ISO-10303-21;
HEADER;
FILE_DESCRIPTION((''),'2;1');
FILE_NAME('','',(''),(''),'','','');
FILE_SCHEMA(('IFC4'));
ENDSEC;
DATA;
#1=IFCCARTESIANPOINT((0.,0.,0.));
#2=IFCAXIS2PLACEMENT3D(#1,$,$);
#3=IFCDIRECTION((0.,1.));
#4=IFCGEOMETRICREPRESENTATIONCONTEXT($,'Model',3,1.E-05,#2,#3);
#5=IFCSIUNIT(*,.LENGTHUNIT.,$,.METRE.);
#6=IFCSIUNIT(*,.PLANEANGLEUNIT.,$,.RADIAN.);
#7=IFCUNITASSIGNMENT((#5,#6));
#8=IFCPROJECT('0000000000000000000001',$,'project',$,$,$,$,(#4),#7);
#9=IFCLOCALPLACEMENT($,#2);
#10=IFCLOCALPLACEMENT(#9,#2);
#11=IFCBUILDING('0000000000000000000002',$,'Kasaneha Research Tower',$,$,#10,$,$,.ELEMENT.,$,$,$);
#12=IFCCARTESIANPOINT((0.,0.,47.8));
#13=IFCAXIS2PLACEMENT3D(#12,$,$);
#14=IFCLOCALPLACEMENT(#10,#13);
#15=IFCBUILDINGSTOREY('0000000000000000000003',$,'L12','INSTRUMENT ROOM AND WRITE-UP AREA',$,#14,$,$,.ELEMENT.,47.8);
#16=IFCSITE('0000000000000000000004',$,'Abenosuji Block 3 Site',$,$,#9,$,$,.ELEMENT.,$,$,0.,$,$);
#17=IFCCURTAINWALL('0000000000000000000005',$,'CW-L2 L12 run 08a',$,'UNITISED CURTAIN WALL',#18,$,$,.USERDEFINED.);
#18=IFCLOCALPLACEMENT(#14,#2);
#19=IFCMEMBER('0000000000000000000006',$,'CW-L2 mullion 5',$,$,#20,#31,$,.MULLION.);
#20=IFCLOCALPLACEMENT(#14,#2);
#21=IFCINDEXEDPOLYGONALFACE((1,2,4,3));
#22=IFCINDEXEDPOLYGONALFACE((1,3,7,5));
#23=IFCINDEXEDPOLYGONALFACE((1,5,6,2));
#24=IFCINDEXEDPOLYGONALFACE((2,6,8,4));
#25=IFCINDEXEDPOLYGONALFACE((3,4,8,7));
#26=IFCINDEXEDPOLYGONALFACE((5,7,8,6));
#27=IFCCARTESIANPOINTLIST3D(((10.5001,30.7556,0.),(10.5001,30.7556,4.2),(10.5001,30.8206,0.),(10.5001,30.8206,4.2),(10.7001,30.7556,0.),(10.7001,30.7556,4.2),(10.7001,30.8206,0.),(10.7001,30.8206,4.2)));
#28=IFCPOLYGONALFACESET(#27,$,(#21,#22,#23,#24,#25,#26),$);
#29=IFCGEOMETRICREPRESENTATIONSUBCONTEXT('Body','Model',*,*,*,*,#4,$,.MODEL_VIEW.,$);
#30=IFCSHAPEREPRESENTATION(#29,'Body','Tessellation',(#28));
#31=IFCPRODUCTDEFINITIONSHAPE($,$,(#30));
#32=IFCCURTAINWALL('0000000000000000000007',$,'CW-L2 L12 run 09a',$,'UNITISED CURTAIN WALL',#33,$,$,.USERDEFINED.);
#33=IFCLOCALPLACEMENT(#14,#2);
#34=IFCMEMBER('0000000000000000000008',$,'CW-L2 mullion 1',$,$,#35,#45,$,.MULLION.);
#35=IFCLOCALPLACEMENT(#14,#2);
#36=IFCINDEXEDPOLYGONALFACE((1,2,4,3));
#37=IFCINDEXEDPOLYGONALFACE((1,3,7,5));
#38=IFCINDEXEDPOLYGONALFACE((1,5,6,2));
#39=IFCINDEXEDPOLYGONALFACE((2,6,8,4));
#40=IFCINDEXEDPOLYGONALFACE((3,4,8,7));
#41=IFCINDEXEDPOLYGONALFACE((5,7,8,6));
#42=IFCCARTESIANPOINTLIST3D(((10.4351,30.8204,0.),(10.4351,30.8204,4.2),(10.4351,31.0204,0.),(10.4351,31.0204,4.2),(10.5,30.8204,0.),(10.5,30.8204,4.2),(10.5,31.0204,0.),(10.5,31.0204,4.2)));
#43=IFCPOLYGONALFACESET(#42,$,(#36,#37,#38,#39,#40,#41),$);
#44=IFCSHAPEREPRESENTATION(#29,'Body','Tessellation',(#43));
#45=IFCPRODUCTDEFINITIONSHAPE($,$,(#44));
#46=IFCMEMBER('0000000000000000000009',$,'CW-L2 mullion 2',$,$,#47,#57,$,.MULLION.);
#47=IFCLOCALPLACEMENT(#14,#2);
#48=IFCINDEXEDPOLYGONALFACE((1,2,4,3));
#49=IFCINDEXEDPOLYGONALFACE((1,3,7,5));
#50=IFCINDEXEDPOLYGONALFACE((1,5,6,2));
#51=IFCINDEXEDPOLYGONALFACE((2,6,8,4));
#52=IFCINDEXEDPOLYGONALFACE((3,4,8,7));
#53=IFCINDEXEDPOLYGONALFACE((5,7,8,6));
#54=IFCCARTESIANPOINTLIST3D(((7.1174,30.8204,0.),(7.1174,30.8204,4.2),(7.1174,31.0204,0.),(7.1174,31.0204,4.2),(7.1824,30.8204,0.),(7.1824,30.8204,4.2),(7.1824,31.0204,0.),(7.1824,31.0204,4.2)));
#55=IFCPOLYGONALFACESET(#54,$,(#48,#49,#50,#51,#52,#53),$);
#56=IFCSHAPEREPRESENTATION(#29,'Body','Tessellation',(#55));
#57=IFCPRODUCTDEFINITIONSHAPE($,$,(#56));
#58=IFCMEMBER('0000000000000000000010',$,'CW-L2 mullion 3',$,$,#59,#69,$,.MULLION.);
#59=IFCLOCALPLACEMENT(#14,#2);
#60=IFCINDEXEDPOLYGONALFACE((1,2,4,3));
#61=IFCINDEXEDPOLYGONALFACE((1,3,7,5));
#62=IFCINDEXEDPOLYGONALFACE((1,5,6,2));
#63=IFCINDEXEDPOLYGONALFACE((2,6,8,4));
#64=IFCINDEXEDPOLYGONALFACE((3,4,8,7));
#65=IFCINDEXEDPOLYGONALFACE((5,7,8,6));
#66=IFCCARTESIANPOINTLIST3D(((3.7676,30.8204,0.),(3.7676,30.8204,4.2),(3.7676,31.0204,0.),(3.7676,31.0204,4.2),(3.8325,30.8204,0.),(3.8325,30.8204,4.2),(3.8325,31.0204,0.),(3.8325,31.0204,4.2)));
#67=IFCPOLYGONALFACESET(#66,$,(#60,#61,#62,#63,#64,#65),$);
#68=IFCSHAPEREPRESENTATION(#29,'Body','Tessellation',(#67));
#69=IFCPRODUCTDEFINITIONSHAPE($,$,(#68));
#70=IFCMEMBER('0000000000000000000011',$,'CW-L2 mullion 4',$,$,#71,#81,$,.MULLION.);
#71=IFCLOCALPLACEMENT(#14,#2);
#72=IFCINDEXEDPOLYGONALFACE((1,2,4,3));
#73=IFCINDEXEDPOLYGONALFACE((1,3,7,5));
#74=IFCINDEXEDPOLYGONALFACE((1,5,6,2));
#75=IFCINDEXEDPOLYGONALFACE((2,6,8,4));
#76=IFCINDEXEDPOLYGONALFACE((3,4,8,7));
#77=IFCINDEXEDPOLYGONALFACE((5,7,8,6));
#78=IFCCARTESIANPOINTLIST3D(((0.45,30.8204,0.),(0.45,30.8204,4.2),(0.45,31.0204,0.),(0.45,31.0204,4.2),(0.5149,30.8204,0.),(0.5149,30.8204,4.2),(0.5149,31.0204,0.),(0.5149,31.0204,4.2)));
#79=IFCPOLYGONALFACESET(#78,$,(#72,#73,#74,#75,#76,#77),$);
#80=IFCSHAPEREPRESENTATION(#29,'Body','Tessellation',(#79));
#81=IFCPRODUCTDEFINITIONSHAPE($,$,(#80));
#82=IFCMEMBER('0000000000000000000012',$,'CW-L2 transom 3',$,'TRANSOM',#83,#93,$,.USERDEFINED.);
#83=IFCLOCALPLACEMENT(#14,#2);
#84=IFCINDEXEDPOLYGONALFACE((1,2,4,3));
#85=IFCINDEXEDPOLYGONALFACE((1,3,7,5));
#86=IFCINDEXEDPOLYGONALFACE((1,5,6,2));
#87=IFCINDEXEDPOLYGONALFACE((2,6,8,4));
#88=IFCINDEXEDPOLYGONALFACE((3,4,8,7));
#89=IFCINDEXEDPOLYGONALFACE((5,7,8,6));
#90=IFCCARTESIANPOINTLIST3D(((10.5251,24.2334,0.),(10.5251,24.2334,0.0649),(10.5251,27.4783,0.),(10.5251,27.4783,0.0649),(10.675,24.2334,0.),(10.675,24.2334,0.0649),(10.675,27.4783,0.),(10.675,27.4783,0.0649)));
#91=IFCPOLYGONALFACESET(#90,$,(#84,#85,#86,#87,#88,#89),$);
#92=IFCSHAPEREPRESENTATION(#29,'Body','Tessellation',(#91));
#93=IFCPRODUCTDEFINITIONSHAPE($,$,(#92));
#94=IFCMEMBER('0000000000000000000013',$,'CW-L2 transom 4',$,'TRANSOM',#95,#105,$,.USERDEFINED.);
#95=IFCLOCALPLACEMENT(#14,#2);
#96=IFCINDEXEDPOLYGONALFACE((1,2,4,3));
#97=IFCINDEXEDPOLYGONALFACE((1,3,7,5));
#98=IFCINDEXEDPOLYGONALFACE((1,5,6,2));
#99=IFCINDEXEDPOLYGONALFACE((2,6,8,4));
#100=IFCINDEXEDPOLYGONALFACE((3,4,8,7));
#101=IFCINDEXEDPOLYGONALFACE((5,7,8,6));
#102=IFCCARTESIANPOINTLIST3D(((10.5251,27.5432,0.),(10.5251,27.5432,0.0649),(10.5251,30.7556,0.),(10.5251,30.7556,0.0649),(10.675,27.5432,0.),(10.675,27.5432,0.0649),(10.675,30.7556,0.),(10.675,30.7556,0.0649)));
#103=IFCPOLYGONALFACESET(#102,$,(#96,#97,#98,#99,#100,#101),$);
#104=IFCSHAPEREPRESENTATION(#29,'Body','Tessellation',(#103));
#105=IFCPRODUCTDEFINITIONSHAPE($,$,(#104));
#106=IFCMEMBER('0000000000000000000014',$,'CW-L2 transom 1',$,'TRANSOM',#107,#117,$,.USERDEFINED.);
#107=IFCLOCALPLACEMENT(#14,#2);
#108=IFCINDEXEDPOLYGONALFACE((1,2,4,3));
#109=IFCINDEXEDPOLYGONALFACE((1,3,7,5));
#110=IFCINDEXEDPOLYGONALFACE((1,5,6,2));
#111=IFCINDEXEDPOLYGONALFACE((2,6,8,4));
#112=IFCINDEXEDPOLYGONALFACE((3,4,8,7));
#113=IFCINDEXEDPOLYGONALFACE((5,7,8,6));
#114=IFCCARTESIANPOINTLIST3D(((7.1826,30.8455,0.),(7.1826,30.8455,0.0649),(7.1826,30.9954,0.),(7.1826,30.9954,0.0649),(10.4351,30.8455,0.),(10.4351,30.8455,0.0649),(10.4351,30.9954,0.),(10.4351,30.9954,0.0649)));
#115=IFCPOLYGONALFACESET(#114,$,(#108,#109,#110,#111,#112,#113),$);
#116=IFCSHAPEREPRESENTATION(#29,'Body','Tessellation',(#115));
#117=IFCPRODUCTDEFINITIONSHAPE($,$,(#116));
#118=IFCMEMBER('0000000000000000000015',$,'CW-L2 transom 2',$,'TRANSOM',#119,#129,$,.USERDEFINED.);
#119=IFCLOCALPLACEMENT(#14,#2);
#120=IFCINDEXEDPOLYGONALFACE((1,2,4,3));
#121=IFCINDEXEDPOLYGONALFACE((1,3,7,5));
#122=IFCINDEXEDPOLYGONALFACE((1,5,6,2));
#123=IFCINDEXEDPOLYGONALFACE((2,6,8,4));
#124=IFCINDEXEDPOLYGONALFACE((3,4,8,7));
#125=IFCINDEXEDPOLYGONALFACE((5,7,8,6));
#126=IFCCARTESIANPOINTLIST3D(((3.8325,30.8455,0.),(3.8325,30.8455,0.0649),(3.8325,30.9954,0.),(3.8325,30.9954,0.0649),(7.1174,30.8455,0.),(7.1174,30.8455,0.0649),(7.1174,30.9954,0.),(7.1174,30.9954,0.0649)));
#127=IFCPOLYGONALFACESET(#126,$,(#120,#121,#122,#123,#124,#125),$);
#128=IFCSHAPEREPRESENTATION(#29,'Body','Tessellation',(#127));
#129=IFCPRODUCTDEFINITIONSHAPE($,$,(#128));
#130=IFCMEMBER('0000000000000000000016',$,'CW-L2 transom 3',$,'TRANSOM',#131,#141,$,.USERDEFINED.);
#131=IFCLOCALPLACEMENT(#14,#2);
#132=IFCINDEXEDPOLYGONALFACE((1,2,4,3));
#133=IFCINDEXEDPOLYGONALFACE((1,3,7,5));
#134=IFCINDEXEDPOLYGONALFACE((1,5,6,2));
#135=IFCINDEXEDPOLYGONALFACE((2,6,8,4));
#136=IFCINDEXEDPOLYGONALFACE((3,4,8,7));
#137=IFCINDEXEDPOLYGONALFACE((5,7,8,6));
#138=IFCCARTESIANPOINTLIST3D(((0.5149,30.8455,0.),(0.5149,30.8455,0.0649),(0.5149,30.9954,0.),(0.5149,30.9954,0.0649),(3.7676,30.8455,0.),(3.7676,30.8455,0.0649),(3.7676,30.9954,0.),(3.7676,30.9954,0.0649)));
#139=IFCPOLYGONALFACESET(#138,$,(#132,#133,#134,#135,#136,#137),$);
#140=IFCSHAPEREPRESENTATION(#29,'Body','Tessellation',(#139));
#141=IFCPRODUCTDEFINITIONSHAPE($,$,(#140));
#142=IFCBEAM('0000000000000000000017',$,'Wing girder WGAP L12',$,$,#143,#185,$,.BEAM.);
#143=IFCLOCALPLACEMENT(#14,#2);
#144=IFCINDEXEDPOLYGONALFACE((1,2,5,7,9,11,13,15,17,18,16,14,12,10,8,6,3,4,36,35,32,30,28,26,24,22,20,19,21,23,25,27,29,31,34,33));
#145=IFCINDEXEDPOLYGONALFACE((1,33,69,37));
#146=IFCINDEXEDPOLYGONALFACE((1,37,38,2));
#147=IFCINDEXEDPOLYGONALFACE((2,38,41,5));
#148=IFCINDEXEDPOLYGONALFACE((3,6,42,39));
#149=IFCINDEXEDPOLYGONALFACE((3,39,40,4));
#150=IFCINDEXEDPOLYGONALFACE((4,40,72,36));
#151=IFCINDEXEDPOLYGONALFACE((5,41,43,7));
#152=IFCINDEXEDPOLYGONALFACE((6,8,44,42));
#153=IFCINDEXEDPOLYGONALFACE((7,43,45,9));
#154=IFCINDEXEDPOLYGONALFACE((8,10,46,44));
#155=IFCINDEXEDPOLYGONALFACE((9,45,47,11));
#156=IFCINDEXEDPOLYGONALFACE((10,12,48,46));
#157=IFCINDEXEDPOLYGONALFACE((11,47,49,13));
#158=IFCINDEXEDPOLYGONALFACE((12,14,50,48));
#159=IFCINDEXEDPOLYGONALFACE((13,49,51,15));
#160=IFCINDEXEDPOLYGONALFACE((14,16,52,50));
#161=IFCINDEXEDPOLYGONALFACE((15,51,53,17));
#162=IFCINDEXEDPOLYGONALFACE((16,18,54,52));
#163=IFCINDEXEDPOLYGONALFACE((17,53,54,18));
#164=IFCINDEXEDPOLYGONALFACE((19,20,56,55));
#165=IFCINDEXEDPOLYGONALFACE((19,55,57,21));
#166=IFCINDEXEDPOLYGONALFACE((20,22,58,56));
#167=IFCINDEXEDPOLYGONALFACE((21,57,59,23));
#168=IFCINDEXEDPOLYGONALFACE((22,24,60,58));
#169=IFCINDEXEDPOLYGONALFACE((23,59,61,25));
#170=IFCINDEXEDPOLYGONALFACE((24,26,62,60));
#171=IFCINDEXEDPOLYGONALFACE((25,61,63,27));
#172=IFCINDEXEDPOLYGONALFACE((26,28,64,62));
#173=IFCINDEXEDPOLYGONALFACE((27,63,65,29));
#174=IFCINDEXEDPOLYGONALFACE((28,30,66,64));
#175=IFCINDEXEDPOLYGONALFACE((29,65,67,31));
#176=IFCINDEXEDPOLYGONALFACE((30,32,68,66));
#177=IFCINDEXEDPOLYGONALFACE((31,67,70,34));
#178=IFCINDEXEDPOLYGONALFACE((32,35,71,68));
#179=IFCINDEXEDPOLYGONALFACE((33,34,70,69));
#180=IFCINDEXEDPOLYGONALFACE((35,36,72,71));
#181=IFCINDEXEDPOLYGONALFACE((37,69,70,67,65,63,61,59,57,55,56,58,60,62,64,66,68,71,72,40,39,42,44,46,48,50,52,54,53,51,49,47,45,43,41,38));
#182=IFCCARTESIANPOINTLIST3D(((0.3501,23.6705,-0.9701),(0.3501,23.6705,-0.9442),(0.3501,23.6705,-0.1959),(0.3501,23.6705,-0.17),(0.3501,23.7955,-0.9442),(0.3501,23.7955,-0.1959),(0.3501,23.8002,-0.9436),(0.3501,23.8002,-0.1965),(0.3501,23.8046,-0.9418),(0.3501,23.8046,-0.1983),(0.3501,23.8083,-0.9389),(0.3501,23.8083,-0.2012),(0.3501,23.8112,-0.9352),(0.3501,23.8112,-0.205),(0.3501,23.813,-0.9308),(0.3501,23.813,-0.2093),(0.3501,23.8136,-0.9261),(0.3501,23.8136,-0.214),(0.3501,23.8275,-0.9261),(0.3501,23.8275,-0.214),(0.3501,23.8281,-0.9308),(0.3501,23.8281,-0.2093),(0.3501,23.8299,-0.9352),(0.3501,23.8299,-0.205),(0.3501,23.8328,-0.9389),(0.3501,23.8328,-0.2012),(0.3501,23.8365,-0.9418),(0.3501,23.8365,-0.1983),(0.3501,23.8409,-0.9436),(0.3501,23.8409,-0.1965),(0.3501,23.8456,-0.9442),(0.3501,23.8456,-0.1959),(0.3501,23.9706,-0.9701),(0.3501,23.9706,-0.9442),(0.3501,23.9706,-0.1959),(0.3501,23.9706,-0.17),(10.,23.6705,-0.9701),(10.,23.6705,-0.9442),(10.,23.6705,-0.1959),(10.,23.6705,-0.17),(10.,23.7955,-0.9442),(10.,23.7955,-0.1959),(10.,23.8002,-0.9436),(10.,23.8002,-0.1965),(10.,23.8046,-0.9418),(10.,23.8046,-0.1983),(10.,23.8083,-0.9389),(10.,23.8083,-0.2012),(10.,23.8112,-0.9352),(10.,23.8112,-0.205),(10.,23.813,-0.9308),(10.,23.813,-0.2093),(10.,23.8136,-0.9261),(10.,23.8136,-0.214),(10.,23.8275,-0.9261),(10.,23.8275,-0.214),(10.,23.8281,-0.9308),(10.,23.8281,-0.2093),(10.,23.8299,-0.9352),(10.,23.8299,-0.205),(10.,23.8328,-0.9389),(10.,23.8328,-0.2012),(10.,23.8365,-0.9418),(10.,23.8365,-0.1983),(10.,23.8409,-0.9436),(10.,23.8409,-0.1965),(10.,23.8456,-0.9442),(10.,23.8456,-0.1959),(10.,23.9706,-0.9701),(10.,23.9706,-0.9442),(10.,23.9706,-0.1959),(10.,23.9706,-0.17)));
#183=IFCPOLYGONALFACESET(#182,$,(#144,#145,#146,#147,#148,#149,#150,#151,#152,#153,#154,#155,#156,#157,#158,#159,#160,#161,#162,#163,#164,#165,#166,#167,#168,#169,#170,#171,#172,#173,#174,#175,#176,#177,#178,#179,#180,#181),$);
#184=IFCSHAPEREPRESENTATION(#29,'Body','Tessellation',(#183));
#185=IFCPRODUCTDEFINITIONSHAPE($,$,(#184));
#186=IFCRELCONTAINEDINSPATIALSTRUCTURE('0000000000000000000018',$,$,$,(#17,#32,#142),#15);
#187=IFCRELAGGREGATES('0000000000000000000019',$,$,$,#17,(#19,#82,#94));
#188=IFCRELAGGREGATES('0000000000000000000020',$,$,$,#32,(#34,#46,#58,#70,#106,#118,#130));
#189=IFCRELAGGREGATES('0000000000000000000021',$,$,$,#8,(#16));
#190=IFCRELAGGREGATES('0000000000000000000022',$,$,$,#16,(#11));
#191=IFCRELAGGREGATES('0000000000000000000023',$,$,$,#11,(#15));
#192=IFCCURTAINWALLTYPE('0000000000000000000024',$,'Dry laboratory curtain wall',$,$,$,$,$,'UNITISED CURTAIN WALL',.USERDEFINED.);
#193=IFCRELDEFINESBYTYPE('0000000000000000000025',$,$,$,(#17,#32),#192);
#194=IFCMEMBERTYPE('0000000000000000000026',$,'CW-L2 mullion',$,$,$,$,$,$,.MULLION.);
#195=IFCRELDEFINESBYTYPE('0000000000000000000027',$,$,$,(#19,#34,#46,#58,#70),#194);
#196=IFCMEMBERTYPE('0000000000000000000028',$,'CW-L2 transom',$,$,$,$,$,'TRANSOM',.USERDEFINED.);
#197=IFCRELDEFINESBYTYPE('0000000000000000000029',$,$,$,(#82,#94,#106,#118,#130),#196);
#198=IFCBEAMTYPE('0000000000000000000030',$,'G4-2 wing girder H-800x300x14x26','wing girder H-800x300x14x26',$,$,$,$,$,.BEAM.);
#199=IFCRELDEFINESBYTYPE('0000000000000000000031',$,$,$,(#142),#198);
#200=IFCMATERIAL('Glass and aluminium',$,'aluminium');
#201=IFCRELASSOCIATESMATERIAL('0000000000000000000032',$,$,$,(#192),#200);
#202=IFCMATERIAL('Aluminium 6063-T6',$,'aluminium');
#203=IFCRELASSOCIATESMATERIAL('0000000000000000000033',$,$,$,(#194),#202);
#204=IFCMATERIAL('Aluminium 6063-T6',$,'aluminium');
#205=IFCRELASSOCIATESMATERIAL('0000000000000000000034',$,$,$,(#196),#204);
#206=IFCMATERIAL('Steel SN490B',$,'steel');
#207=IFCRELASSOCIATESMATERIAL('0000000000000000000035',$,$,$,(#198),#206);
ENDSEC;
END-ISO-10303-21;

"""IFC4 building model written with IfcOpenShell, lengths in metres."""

from ifc_helpers import new_model, si_unit, direction, frame, origin, origin_2d, place, context, subcontext, project, spatial, rectangle, i_section, extrude, material, material_profile, profile_set, type_object, element, aggregate, save


model = new_model("IFC4")

# Units and contexts
model_context = context("Model", 3, precision=1e-05, world=origin(), true_north=direction((0.0, 1.0)))
body_context = subcontext(model_context, "Body", "Model", "MODEL_VIEW")
ifc_project = project(units=[si_unit("LENGTHUNIT", "METRE"), si_unit("PLANEANGLEUNIT", "RADIAN")], contexts=[model_context])

# Site, building, storey
site_placement = place(None, origin())
site = spatial("IfcSite", under=ifc_project, at=site_placement, Name="Abenosuji Block 3 Site", CompositionType="ELEMENT", RefElevation=0.0)
building_placement = place(site_placement, origin())
building = spatial("IfcBuilding", under=site, at=building_placement, Name="Kasaneha Research Tower", CompositionType="ELEMENT")
storey_placement = place(building_placement, frame((0.0, 0.0, 47.8)))
storey = spatial("IfcBuildingStorey", under=building, at=storey_placement, Name="L12", Description="INSTRUMENT ROOM AND WRITE-UP AREA", CompositionType="ELEMENT", Elevation=47.8)

# Curtain walls, members
ifc_material_1 = material(Name="Glass and aluminium", Category="aluminium")
curtain_wall_type = type_object("IfcCurtainWallType", Name="Dry laboratory curtain wall", ElementType="UNITISED CURTAIN WALL", PredefinedType="USERDEFINED", material=ifc_material_1)
curtain_wall_1_placement = place(storey_placement, origin())
curtain_wall_1 = element("IfcCurtainWall", 1, at=curtain_wall_1_placement, inside=storey, type_object=curtain_wall_type, Name="CW-L2 L12 run 08a", ObjectType="UNITISED CURTAIN WALL", PredefinedType="USERDEFINED")
ifc_material_2 = material(Name="Aluminium 6063-T6", Category="aluminium")
ifc_material_profile_1 = material_profile(ifc_material_2, rectangle(XDim=0.0649, YDim=0.2, at=origin_2d()), Name="CW-L2 mullion 65x200")
ifc_profile_set_1 = profile_set([ifc_material_profile_1], Name="Aluminium 6063-T6")
member_type_1 = type_object("IfcMemberType", Name="CW-L2 mullion", PredefinedType="MULLION", material=ifc_profile_set_1)
member_1_placement = place(storey_placement, frame((10.6001, 30.7881, 0.0), z_axis=(0.0, 0.0, 1.0), x_axis=(0.0, 1.0, 0.0)))
member_1 = element("IfcMember", 2, at=member_1_placement, type_object=member_type_1, Name="CW-L2 mullion 5", PredefinedType="MULLION", context=body_context, shape_type="SweptSolid", body=[
    extrude(rectangle(XDim=0.0649, YDim=0.2, at=origin_2d()), origin(), (0.0, 0.0, 1.0), 4.2),
])
curtain_wall_2_placement = place(storey_placement, origin())
curtain_wall_2 = element("IfcCurtainWall", 3, at=curtain_wall_2_placement, inside=storey, type_object=curtain_wall_type, Name="CW-L2 L12 run 09a", ObjectType="UNITISED CURTAIN WALL", PredefinedType="USERDEFINED")
member_2_placement = place(storey_placement, frame((10.4675, 30.9204, 0.0), z_axis=(0.0, 0.0, 1.0), x_axis=(-1.0, 0.0, 0.0)))
member_2 = element("IfcMember", 4, at=member_2_placement, type_object=member_type_1, Name="CW-L2 mullion 1", PredefinedType="MULLION", context=body_context, shape_type="SweptSolid", body=[
    extrude(rectangle(XDim=0.0649, YDim=0.2, at=origin_2d()), origin(), (0.0, 0.0, 1.0), 4.2),
])
member_3_placement = place(storey_placement, frame((7.1499, 30.9204, 0.0), z_axis=(0.0, 0.0, 1.0), x_axis=(-1.0, 0.0, 0.0)))
member_3 = element("IfcMember", 5, at=member_3_placement, type_object=member_type_1, Name="CW-L2 mullion 2", PredefinedType="MULLION", context=body_context, shape_type="SweptSolid", body=[
    extrude(rectangle(XDim=0.0649, YDim=0.2, at=origin_2d()), origin(), (0.0, 0.0, 1.0), 4.2),
])
member_4_placement = place(storey_placement, frame((3.8, 30.9204, 0.0), z_axis=(0.0, 0.0, 1.0), x_axis=(-1.0, 0.0, 0.0)))
member_4 = element("IfcMember", 6, at=member_4_placement, type_object=member_type_1, Name="CW-L2 mullion 3", PredefinedType="MULLION", context=body_context, shape_type="SweptSolid", body=[
    extrude(rectangle(XDim=0.0649, YDim=0.2, at=origin_2d()), origin(), (0.0, 0.0, 1.0), 4.2),
])
member_5_placement = place(storey_placement, frame((0.4824, 30.9204, 0.0), z_axis=(0.0, 0.0, 1.0), x_axis=(-1.0, 0.0, 0.0)))
member_5 = element("IfcMember", 7, at=member_5_placement, type_object=member_type_1, Name="CW-L2 mullion 4", PredefinedType="MULLION", context=body_context, shape_type="SweptSolid", body=[
    extrude(rectangle(XDim=0.0649, YDim=0.2, at=origin_2d()), origin(), (0.0, 0.0, 1.0), 4.2),
])

# Members
ifc_material_3 = material(Name="Aluminium 6063-T6", Category="aluminium")
ifc_material_profile_2 = material_profile(ifc_material_3, rectangle(XDim=0.1499, YDim=0.0649, at=origin_2d()), Name="CW-L2 transom 150x65")
ifc_profile_set_2 = profile_set([ifc_material_profile_2], Name="Aluminium 6063-T6")
member_type_2 = type_object("IfcMemberType", Name="CW-L2 transom", ElementType="TRANSOM", PredefinedType="USERDEFINED", material=ifc_profile_set_2)
member_6_placement = place(storey_placement, frame((10.6001, 24.2334, 0.0325), z_axis=(0.0, 1.0, 0.0), x_axis=(-1.0, 0.0, 0.0)))
member_6 = element("IfcMember", 8, at=member_6_placement, type_object=member_type_2, Name="CW-L2 transom 3", ObjectType="TRANSOM", PredefinedType="USERDEFINED", context=body_context, shape_type="SweptSolid", body=[
    extrude(rectangle(XDim=0.1499, YDim=0.0649, at=origin_2d()), origin(), (0.0, 0.0, 1.0), 3.2449),
])
member_7_placement = place(storey_placement, frame((10.6001, 27.5432, 0.0325), z_axis=(0.0, 1.0, 0.0), x_axis=(-1.0, 0.0, 0.0)))
member_7 = element("IfcMember", 9, at=member_7_placement, type_object=member_type_2, Name="CW-L2 transom 4", ObjectType="TRANSOM", PredefinedType="USERDEFINED", context=body_context, shape_type="SweptSolid", body=[
    extrude(rectangle(XDim=0.1499, YDim=0.0649, at=origin_2d()), origin(), (0.0, 0.0, 1.0), 3.2124),
])
member_8_placement = place(storey_placement, frame((10.4351, 30.9204, 0.0325), z_axis=(-1.0, 0.0, 0.0), x_axis=(0.0, -1.0, 0.0)))
member_8 = element("IfcMember", 10, at=member_8_placement, type_object=member_type_2, Name="CW-L2 transom 1", ObjectType="TRANSOM", PredefinedType="USERDEFINED", context=body_context, shape_type="SweptSolid", body=[
    extrude(rectangle(XDim=0.1499, YDim=0.0649, at=origin_2d()), origin(), (0.0, 0.0, 1.0), 3.2524),
])
member_9_placement = place(storey_placement, frame((7.1174, 30.9204, 0.0325), z_axis=(-1.0, 0.0, 0.0), x_axis=(0.0, -1.0, 0.0)))
member_9 = element("IfcMember", 11, at=member_9_placement, type_object=member_type_2, Name="CW-L2 transom 2", ObjectType="TRANSOM", PredefinedType="USERDEFINED", context=body_context, shape_type="SweptSolid", body=[
    extrude(rectangle(XDim=0.1499, YDim=0.0649, at=origin_2d()), origin(), (0.0, 0.0, 1.0), 3.2849),
])
member_10_placement = place(storey_placement, frame((3.7676, 30.9204, 0.0325), z_axis=(-1.0, 0.0, 0.0), x_axis=(0.0, -1.0, 0.0)))
member_10 = element("IfcMember", 12, at=member_10_placement, type_object=member_type_2, Name="CW-L2 transom 3", ObjectType="TRANSOM", PredefinedType="USERDEFINED", context=body_context, shape_type="SweptSolid", body=[
    extrude(rectangle(XDim=0.1499, YDim=0.0649, at=origin_2d()), origin(), (0.0, 0.0, 1.0), 3.2527),
])

# Beam
ifc_material_4 = material(Name="Steel SN490B", Category="steel")
ifc_material_profile_3 = material_profile(ifc_material_4, i_section(OverallWidth=0.3, OverallDepth=0.8, WebThickness=0.0139, FlangeThickness=0.0259, FilletRadius=0.0181, at=origin_2d()), Name="H-800x300x14x26")
ifc_profile_set_3 = profile_set([ifc_material_profile_3], Name="Steel SN490B")
beam_type_1 = type_object("IfcBeamType", Name="G4-2 wing girder H-800x300x14x26", Description="wing girder H-800x300x14x26", PredefinedType="BEAM", material=ifc_profile_set_3)
beam_1_placement = place(storey_placement, frame((10.0, 23.8206, -0.5701), z_axis=(-1.0, 0.0, 0.0), x_axis=(0.0, -1.0, 0.0)))
element("IfcBeam", 13, at=beam_1_placement, inside=storey, type_object=beam_type_1, Name="Wing girder WGAP L12", PredefinedType="BEAM", context=body_context, shape_type="SweptSolid", body=[
    extrude(i_section(OverallWidth=0.3, OverallDepth=0.8, WebThickness=0.0139, FlangeThickness=0.0259, FilletRadius=0.0181, at=origin_2d()), origin(), (0.0, 0.0, 1.0), 9.6499),
])

aggregate(curtain_wall_1, [member_1, member_6, member_7])
aggregate(curtain_wall_2, [member_2, member_3, member_4, member_5, member_8, member_9, member_10])

save(model, "model.ifc")
